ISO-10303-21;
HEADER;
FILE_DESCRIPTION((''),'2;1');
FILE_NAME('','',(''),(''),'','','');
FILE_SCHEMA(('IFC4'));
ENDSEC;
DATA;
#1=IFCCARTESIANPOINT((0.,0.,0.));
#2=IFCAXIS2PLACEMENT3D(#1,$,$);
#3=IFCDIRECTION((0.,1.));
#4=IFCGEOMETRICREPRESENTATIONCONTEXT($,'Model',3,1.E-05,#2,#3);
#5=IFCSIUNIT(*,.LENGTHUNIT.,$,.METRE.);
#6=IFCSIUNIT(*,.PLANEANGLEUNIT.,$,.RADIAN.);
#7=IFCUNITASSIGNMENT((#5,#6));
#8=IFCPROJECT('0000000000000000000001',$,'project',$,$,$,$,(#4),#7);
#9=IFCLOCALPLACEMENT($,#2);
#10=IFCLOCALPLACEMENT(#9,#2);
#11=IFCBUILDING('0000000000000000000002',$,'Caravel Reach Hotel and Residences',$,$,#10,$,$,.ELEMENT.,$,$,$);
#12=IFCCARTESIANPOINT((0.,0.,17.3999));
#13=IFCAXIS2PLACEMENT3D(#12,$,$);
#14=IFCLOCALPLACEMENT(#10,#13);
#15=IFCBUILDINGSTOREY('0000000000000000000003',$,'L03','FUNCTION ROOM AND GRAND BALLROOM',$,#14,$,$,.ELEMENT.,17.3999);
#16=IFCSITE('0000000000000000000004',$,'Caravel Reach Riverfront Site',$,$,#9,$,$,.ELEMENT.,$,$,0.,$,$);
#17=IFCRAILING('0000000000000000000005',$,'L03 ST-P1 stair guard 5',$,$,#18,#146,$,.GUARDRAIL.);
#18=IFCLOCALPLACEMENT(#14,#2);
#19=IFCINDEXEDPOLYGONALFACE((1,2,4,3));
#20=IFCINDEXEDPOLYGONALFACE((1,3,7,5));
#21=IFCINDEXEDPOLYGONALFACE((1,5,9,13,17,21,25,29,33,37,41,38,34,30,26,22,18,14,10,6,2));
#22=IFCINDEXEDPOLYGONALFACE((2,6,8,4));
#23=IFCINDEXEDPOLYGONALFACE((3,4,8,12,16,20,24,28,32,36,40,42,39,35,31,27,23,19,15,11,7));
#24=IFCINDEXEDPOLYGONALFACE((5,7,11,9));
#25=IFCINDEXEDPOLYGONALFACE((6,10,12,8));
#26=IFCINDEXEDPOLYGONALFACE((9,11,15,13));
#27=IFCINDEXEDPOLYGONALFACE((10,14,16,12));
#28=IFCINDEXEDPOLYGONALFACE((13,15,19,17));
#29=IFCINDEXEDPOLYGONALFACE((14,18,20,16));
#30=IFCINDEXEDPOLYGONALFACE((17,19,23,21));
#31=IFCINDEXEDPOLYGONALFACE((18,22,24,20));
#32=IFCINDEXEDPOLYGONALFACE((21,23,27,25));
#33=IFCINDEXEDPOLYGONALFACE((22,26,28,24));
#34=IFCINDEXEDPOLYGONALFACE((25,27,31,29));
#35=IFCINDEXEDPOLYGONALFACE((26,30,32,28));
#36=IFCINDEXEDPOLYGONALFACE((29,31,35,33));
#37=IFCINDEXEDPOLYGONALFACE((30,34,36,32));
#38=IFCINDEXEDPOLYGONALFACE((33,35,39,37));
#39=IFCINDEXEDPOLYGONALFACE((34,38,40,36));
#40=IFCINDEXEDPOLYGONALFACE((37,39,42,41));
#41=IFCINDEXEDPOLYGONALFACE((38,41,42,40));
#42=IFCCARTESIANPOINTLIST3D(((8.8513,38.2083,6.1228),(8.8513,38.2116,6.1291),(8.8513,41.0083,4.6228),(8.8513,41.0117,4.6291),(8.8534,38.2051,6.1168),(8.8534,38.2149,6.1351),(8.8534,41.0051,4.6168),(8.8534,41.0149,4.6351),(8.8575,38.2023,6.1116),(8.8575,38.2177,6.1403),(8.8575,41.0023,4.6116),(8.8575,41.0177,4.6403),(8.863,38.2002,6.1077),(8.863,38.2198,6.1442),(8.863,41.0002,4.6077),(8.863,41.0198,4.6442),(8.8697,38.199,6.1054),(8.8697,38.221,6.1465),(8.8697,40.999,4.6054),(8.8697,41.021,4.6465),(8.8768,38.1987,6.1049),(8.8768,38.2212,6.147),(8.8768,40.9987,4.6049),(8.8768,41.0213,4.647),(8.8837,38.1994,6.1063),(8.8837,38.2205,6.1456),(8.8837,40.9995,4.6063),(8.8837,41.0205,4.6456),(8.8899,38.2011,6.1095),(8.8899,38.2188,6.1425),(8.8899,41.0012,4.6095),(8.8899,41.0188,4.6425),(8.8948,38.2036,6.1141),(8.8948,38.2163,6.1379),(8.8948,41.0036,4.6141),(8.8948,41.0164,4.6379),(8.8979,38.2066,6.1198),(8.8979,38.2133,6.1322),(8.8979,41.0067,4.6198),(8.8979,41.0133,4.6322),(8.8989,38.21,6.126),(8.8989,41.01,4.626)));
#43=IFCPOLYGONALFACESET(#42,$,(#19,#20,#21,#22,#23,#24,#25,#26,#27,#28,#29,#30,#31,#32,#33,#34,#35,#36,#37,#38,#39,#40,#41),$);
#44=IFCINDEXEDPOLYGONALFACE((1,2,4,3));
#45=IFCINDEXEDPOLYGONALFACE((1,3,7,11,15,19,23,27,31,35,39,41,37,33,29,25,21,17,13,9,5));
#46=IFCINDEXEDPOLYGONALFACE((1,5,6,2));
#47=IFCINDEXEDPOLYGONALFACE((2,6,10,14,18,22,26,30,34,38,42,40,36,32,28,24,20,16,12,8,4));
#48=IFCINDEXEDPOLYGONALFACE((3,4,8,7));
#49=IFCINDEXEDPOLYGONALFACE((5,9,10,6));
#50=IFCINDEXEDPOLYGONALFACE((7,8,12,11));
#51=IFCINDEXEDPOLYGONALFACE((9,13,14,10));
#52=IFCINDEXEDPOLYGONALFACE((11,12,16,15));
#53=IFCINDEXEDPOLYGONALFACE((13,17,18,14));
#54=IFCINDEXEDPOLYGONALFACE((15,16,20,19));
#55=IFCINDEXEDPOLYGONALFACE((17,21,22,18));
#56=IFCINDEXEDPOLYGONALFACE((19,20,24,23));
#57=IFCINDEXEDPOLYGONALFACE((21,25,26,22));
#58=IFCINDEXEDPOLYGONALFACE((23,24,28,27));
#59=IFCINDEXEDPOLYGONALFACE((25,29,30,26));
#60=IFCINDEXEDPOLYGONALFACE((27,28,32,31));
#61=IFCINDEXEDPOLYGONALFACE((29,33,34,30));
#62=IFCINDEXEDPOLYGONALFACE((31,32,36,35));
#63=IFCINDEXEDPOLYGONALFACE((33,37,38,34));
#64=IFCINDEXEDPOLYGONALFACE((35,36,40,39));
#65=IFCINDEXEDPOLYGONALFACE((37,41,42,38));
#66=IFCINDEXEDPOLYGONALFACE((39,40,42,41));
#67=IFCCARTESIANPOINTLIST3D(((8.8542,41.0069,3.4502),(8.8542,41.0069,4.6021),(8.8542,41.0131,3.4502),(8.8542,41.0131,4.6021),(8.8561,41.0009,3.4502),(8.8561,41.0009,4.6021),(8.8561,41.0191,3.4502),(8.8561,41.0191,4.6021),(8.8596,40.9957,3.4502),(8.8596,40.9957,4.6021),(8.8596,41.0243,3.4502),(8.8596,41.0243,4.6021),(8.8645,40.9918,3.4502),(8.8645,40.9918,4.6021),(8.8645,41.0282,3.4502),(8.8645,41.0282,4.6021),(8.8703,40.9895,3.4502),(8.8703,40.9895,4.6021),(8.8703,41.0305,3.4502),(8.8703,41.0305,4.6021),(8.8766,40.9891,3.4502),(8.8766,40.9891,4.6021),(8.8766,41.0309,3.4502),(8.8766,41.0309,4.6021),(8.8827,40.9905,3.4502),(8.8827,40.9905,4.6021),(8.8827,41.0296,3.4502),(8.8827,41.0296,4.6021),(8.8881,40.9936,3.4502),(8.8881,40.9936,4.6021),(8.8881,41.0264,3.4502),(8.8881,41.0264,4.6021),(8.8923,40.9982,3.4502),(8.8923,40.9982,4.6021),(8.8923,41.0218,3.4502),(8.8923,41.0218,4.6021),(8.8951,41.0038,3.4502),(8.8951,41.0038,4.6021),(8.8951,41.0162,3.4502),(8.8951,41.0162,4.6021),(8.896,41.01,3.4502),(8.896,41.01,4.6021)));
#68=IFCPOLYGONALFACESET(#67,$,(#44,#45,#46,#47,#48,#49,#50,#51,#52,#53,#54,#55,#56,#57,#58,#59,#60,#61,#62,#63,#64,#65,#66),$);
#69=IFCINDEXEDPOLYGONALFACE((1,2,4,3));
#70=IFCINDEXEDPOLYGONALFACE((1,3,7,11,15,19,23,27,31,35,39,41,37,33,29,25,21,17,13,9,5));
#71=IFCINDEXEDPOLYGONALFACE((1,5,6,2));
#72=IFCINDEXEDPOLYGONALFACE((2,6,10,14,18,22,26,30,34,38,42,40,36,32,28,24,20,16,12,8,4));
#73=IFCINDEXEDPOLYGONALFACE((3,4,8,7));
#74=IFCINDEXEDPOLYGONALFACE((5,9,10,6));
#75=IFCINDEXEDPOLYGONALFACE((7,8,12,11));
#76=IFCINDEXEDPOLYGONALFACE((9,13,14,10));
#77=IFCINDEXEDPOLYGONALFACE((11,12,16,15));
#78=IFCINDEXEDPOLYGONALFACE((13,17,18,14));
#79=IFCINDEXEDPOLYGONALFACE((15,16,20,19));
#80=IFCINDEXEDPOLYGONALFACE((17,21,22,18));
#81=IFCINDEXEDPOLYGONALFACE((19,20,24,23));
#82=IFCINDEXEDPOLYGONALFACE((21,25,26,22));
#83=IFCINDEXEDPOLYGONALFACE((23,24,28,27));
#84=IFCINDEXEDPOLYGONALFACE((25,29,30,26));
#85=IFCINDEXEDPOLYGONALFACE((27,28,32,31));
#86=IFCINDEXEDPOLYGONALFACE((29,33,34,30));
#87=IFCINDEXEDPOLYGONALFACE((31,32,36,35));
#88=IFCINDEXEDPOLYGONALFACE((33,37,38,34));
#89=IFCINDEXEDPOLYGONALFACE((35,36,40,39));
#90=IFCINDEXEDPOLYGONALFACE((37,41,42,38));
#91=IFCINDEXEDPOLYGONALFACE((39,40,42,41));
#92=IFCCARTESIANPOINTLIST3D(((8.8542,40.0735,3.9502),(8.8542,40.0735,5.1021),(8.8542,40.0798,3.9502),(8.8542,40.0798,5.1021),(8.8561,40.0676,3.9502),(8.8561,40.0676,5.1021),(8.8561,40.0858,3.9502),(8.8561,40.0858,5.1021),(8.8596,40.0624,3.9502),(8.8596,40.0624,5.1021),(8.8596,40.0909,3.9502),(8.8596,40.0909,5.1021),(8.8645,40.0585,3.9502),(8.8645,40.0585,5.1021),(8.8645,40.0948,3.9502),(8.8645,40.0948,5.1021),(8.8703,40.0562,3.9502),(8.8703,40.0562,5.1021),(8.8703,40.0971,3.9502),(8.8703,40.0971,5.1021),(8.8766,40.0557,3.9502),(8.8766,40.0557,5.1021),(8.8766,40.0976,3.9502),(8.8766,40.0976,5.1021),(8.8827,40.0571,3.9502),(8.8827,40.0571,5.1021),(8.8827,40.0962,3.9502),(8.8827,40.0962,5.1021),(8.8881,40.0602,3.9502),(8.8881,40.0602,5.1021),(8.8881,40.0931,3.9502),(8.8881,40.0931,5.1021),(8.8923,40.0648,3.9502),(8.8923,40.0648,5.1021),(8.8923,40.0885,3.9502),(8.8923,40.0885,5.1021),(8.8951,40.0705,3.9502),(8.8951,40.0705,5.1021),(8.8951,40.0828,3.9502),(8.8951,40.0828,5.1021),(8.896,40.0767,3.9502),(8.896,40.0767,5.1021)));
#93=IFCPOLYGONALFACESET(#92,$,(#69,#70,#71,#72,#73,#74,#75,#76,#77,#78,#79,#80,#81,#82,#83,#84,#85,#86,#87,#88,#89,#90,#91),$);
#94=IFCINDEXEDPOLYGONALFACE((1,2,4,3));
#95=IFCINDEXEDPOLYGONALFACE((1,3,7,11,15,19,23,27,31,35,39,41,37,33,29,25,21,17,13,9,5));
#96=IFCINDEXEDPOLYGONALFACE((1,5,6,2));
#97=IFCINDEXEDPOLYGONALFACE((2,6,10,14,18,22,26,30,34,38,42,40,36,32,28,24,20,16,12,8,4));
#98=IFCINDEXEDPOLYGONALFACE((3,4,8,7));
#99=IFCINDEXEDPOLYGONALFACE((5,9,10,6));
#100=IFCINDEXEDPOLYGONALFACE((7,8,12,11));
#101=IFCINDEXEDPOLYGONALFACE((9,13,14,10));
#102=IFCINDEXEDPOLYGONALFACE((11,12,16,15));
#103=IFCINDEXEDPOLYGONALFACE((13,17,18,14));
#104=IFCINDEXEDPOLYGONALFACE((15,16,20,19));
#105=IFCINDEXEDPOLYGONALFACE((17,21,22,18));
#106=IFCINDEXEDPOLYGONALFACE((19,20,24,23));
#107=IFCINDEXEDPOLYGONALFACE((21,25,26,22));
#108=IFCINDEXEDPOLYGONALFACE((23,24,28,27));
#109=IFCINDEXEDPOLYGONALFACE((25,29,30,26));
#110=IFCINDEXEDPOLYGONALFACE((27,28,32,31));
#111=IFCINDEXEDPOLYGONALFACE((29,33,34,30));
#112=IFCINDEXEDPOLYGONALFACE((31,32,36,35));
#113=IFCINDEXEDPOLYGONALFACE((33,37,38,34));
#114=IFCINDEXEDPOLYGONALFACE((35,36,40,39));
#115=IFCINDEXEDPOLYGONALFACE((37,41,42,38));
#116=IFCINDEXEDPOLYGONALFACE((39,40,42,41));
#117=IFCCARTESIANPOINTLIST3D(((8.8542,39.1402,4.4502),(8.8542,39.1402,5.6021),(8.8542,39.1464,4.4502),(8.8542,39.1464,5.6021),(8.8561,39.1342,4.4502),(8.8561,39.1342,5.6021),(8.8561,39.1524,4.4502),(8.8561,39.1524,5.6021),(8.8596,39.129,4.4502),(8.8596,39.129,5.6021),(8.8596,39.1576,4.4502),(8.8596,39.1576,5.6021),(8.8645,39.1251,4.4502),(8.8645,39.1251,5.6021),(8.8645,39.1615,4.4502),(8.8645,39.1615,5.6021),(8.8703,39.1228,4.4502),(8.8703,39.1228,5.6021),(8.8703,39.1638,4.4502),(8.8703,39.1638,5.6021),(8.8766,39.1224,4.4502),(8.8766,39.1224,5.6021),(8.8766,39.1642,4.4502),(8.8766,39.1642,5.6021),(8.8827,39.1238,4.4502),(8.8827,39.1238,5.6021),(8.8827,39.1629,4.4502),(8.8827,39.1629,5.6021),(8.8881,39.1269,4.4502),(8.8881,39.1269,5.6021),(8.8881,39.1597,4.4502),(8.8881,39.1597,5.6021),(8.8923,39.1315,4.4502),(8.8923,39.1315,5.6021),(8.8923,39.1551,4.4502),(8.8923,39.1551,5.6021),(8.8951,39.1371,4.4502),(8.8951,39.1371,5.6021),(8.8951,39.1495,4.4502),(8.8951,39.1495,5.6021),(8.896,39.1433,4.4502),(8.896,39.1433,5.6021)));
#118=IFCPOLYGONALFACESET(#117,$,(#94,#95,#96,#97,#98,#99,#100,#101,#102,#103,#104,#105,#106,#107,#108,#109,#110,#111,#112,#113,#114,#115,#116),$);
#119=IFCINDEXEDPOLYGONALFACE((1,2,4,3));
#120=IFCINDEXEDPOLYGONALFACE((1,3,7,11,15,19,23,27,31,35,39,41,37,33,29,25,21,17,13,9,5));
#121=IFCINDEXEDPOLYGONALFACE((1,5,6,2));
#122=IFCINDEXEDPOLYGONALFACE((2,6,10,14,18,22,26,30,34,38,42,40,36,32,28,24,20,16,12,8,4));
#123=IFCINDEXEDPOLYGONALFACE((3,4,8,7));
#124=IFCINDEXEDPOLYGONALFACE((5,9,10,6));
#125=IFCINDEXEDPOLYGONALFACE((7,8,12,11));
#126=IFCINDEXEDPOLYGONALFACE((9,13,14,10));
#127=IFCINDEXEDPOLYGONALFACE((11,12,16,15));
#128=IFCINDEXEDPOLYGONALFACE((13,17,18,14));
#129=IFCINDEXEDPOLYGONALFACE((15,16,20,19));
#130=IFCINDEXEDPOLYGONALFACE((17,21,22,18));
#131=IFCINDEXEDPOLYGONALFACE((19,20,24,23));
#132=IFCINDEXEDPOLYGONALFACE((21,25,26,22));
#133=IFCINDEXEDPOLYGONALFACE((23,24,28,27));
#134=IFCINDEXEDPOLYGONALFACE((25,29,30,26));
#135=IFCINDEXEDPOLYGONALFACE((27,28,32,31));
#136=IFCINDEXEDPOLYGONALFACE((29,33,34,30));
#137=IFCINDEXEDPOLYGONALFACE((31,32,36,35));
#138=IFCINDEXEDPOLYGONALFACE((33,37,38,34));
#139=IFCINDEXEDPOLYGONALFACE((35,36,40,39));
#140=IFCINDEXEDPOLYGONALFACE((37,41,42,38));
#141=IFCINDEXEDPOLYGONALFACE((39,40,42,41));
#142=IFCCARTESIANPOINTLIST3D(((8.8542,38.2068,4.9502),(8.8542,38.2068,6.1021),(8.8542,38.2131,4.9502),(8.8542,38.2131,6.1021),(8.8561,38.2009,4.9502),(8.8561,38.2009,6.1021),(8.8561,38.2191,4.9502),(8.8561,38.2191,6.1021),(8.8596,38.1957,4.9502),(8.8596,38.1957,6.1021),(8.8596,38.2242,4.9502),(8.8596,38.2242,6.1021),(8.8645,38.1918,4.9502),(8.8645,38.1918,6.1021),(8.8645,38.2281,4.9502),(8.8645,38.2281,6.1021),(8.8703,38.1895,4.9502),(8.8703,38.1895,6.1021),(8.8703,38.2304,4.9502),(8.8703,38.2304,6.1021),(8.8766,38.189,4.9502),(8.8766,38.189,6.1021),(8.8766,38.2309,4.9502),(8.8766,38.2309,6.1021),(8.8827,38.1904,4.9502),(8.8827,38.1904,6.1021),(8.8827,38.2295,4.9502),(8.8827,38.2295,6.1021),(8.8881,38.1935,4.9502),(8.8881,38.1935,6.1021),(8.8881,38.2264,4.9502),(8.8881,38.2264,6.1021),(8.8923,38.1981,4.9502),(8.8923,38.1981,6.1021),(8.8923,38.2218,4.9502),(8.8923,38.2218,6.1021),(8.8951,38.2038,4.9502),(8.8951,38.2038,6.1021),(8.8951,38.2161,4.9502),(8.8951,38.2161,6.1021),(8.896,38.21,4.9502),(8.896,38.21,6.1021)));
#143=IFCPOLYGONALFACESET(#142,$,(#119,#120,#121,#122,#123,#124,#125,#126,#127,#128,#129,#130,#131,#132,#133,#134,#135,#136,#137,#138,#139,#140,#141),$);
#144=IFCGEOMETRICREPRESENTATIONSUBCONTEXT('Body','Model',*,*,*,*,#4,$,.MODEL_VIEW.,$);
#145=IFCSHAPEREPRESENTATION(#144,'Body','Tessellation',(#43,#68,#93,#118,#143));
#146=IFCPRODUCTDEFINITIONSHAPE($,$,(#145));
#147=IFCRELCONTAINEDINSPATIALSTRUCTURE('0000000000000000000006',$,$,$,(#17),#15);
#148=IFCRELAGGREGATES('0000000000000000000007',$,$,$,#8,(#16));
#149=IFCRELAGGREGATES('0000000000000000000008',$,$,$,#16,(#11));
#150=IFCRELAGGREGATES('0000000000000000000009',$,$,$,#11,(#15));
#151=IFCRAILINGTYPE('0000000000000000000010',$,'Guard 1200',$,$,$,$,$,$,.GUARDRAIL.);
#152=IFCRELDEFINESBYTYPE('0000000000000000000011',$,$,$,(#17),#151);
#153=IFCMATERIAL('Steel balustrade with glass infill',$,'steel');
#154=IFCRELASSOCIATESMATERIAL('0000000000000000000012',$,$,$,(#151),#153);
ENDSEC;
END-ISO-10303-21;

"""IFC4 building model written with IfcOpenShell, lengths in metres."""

from ifc_helpers import new_model, si_unit, direction, frame, origin, origin_2d, place, context, subcontext, project, spatial, circle, extrude, material, type_object, element, save


model = new_model("IFC4")

# Units and contexts
model_context = context("Model", 3, precision=1e-05, world=origin(), true_north=direction((0.0, 1.0)))
body_context = subcontext(model_context, "Body", "Model", "MODEL_VIEW")
ifc_project = project(units=[si_unit("LENGTHUNIT", "METRE"), si_unit("PLANEANGLEUNIT", "RADIAN")], contexts=[model_context])

# Site, building, storey
site_placement = place(None, origin())
site = spatial("IfcSite", under=ifc_project, at=site_placement, Name="Caravel Reach Riverfront Site", CompositionType="ELEMENT", RefElevation=0.0)
building_placement = place(site_placement, origin())
building = spatial("IfcBuilding", under=site, at=building_placement, Name="Caravel Reach Hotel and Residences", CompositionType="ELEMENT")
storey_placement = place(building_placement, frame((0.0, 0.0, 17.3999)))
storey = spatial("IfcBuildingStorey", under=building, at=storey_placement, Name="L03", Description="FUNCTION ROOM AND GRAND BALLROOM", CompositionType="ELEMENT", Elevation=17.3999)

# Railing
ifc_material_1 = material(Name="Steel balustrade with glass infill", Category="steel")
railing_type_1 = type_object("IfcRailingType", Name="Guard 1200", PredefinedType="GUARDRAIL", material=ifc_material_1)
railing_1_placement = place(storey_placement, frame((8.875, 41.01, 3.4502)))
element("IfcRailing", 1, at=railing_1_placement, inside=storey, type_object=railing_type_1, Name="L03 ST-P1 stair guard 5", PredefinedType="GUARDRAIL", context=body_context, shape_type="SweptSolid", body=[
    extrude(circle(Radius=0.0239, at=origin_2d()), frame((0.0, 0.0, 1.1758), z_axis=(0.0, -0.881483, 0.472215), x_axis=(1.0, 0.0, 0.0)), (0.0, 0.0, 1.0), 3.1765),
    extrude(circle(Radius=0.021, at=origin_2d()), origin(), (0.0, 0.0, 1.0), 1.1519),
    extrude(circle(Radius=0.021, at=origin_2d()), frame((0.0, -0.9333, 0.5)), (0.0, 0.0, 1.0), 1.1519),
    extrude(circle(Radius=0.021, at=origin_2d()), frame((0.0, -1.8667, 1.0)), (0.0, 0.0, 1.0), 1.1519),
    extrude(circle(Radius=0.021, at=origin_2d()), frame((0.0, -2.8, 1.5)), (0.0, 0.0, 1.0), 1.1519),
])

save(model, "model.ifc")
